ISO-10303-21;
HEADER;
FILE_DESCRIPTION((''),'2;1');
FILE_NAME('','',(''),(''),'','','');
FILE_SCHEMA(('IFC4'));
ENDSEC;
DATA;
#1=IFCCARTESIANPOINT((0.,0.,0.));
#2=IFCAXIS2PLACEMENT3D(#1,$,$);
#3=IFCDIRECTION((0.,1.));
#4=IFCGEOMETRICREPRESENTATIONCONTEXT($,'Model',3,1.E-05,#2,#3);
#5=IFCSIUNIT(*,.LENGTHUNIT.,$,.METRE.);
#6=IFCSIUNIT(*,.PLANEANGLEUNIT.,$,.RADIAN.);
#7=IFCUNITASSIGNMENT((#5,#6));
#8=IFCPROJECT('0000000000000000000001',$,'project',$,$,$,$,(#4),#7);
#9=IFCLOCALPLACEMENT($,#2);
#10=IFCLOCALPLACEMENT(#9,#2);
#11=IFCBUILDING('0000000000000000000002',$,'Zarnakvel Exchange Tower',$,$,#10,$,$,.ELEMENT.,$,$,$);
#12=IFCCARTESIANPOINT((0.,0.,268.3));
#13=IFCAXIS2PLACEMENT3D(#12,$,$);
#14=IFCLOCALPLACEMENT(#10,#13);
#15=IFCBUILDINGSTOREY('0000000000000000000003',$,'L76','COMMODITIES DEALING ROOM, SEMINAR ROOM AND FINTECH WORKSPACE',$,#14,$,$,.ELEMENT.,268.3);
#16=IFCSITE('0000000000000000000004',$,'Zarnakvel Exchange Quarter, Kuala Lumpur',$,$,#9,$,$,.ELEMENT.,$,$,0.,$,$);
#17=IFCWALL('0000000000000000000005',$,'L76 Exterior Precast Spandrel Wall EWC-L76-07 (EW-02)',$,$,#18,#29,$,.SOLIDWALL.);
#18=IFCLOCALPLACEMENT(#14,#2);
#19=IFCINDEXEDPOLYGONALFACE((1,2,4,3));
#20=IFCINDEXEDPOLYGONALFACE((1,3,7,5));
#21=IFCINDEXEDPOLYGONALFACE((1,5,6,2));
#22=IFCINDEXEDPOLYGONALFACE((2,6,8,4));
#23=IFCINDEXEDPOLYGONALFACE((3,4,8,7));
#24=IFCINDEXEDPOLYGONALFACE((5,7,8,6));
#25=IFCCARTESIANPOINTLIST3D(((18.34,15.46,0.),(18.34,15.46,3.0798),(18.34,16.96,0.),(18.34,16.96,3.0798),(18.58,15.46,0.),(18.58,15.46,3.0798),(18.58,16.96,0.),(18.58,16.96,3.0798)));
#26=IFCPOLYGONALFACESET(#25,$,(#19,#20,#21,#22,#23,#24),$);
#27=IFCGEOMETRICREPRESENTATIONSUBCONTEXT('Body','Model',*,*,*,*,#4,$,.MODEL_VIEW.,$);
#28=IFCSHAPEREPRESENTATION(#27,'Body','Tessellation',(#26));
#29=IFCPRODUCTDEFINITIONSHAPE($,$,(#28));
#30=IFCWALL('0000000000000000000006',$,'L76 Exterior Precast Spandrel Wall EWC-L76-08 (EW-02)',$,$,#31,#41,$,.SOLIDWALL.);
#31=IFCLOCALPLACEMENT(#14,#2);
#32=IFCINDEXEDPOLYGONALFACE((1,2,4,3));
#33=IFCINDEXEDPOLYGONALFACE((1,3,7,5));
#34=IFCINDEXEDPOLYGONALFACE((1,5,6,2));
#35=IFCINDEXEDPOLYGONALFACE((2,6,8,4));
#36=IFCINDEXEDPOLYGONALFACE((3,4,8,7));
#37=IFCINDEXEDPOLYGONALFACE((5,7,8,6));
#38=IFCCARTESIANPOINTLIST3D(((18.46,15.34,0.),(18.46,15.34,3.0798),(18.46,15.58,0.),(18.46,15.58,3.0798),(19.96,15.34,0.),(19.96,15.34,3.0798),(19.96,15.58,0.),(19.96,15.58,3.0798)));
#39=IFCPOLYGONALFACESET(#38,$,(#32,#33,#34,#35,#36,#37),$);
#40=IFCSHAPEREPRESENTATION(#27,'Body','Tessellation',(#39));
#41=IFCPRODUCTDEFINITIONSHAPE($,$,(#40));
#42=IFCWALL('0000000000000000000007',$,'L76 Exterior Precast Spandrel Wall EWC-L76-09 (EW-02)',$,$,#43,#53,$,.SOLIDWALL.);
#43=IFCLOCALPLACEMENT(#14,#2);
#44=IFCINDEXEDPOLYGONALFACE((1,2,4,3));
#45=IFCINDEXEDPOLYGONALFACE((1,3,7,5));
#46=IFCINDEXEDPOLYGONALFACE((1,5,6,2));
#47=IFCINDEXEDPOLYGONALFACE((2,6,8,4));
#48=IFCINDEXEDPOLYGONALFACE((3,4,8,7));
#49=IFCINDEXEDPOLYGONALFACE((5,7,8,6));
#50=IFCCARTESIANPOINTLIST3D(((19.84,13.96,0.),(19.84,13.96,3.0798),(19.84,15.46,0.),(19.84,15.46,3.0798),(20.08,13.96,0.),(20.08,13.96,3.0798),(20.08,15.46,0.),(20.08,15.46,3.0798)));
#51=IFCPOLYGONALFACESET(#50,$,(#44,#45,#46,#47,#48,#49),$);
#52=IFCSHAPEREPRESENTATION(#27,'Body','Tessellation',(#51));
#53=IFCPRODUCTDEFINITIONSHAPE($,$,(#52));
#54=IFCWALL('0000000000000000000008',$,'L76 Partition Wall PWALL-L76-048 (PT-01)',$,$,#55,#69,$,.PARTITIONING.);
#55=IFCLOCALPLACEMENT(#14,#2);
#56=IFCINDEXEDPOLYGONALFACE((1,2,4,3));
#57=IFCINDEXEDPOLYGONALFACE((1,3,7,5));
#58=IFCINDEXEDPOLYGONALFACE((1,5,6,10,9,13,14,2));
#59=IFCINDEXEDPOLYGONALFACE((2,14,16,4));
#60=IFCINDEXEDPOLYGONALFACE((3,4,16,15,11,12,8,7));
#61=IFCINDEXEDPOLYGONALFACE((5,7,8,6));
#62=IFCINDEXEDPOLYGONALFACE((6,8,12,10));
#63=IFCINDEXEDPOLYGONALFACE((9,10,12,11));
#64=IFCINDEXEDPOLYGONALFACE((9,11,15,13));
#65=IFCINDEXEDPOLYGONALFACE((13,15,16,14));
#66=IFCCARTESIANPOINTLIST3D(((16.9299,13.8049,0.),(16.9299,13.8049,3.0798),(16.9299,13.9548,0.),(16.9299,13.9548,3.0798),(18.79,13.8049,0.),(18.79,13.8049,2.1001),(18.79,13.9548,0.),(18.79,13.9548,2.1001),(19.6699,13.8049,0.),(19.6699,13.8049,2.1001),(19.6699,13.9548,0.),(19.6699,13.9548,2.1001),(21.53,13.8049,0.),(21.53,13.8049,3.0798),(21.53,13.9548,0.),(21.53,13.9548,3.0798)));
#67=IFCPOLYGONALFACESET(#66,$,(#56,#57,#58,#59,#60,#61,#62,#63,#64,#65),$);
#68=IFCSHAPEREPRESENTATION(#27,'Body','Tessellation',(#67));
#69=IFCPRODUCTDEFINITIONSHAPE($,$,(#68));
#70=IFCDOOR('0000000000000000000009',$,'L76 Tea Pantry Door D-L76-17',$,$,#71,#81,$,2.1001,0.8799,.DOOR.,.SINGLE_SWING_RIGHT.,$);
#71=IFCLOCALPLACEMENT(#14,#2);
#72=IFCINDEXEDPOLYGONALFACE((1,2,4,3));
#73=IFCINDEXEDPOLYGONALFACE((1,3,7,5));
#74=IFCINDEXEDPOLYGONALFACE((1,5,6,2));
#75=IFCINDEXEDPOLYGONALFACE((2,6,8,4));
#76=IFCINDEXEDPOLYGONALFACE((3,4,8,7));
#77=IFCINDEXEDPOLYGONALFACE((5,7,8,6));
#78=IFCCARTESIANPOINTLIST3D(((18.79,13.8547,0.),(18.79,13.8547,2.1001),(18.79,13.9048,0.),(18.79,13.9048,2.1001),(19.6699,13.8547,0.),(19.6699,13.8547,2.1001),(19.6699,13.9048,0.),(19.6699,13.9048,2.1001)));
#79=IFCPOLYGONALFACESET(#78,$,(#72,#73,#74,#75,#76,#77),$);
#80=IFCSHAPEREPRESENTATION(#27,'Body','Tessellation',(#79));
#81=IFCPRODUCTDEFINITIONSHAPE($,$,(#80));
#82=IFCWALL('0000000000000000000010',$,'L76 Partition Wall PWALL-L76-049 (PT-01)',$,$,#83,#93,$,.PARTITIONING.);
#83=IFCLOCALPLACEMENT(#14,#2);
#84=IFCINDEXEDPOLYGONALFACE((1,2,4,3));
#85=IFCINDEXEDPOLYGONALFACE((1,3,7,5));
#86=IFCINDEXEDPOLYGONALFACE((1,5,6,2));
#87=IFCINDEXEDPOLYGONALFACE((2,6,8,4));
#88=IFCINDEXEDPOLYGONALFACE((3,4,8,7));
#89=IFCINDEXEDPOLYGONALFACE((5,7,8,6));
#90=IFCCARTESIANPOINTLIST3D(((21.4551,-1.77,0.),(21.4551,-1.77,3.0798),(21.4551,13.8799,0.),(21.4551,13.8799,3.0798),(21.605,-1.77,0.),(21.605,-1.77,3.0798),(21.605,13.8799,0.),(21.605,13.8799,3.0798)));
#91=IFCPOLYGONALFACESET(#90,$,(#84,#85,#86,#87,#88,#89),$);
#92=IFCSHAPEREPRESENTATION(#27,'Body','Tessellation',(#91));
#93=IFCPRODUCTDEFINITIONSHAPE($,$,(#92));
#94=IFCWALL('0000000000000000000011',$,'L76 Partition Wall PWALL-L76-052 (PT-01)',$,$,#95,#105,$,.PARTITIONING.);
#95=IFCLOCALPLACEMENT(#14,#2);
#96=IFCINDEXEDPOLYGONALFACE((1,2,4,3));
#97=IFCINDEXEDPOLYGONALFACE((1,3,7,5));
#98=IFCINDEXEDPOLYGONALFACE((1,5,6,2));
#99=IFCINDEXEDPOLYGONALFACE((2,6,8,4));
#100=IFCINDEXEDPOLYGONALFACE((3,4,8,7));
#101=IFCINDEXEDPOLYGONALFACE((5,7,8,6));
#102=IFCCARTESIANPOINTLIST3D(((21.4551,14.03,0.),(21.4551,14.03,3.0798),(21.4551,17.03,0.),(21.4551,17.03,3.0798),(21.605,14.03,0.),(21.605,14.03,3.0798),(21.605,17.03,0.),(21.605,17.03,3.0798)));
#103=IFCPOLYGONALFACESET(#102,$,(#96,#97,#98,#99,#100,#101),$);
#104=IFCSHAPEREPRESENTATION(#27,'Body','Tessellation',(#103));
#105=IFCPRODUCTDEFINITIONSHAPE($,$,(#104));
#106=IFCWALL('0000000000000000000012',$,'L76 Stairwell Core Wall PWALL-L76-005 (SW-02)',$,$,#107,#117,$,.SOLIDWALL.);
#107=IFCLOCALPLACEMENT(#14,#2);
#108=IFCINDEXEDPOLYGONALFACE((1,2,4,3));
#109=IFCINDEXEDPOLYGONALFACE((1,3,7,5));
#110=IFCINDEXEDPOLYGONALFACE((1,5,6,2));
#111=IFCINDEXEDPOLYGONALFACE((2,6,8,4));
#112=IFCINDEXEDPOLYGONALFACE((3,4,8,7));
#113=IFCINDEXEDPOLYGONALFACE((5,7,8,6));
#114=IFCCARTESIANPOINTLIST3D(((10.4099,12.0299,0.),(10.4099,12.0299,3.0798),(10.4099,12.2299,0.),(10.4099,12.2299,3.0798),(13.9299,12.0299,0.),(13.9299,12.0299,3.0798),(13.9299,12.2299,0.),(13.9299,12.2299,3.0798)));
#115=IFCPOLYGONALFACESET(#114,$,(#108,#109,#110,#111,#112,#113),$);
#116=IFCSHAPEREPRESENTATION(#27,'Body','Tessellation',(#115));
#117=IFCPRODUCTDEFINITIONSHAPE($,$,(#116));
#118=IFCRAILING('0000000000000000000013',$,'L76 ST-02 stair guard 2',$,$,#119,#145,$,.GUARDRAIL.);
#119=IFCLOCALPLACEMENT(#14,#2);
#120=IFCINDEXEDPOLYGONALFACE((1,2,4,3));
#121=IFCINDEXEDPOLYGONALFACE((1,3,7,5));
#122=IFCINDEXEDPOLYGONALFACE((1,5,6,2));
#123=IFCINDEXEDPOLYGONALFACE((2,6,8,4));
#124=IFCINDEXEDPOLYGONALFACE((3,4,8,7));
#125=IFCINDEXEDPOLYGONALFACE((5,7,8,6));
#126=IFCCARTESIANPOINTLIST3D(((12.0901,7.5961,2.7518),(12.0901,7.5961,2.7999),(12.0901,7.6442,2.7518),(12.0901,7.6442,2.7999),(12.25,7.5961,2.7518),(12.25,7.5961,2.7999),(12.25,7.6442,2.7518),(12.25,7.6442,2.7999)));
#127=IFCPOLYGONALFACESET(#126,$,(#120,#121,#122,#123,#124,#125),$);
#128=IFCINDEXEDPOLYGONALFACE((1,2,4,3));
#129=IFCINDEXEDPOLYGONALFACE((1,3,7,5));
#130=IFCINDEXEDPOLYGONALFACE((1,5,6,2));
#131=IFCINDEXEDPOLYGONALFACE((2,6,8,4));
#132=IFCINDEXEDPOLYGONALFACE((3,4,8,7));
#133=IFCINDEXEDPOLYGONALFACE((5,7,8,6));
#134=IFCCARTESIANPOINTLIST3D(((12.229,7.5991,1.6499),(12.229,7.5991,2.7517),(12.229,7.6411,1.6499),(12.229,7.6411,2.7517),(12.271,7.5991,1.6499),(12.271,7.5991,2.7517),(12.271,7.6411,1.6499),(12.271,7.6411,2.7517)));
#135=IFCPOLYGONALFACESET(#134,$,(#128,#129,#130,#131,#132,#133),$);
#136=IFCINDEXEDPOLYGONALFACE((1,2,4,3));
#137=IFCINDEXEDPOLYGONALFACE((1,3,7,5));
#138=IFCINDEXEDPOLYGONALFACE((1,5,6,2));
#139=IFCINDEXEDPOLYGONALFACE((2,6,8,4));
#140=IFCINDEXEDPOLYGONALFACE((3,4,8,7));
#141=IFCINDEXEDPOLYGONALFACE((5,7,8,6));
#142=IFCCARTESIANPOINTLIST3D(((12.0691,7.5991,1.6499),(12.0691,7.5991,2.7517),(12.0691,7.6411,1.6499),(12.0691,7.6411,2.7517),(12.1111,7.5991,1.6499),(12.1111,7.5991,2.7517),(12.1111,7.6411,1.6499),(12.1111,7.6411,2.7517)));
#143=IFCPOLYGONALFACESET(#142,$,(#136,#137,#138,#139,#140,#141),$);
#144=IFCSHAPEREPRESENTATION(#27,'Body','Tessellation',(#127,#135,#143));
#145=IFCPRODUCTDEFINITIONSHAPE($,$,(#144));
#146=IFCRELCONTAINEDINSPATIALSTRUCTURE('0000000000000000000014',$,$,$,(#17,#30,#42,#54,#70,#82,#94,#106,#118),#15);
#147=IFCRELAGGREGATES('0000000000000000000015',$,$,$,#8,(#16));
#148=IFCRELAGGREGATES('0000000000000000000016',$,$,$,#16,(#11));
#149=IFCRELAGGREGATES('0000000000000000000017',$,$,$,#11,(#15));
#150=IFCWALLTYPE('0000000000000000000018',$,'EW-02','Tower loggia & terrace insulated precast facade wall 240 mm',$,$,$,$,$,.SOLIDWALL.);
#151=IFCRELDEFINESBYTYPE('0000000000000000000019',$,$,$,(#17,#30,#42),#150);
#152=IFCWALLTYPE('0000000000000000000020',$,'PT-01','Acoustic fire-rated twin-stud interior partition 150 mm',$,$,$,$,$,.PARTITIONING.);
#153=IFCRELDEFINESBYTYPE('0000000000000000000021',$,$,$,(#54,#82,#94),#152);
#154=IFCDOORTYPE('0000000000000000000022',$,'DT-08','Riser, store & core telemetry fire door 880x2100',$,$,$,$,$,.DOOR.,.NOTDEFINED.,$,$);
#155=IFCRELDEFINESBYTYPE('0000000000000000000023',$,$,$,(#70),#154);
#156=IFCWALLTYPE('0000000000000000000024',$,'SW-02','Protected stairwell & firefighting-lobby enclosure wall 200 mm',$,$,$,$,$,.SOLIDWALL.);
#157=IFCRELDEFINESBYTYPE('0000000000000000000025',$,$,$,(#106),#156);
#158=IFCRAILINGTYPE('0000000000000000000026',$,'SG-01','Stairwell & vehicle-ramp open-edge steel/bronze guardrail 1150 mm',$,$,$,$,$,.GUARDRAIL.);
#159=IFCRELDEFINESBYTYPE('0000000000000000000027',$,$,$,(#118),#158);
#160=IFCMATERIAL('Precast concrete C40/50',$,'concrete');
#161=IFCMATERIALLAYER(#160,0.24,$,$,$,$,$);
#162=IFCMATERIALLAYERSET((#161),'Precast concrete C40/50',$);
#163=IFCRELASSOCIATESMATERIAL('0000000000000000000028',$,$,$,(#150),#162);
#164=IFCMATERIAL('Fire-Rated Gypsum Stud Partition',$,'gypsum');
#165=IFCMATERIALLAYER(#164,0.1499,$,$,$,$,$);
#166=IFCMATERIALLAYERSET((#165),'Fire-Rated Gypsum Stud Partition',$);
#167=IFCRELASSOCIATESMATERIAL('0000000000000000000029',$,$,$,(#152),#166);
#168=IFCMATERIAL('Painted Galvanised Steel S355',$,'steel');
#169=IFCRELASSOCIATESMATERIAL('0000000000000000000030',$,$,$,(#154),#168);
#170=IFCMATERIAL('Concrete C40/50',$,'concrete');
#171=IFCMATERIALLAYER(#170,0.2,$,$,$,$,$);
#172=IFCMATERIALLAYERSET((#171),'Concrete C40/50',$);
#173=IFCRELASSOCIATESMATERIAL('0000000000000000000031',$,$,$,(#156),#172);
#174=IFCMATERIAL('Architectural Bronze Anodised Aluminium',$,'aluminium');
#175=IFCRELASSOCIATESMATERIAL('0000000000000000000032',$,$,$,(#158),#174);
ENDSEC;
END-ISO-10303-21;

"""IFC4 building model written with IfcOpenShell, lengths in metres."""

from ifc_helpers import new_model, si_unit, direction, frame, frame_2d, origin, origin_2d, place, context, subcontext, project, spatial, rectangle, extrude, source, transform, mapped, material, layer, layer_set, type_object, element, fill, save


model = new_model("IFC4")

# Units and contexts
model_context = context("Model", 3, precision=1e-05, world=origin(), true_north=direction((0.0, 1.0)))
body_context = subcontext(model_context, "Body", "Model", "MODEL_VIEW")
ifc_project = project(units=[si_unit("LENGTHUNIT", "METRE"), si_unit("PLANEANGLEUNIT", "RADIAN")], contexts=[model_context])

# Site, building, storey
site_placement = place(None, origin())
site = spatial("IfcSite", under=ifc_project, at=site_placement, Name="Zarnakvel Exchange Quarter, Kuala Lumpur", CompositionType="ELEMENT", RefElevation=0.0)
building_placement = place(site_placement, origin())
building = spatial("IfcBuilding", under=site, at=building_placement, Name="Zarnakvel Exchange Tower", CompositionType="ELEMENT")
storey_placement = place(building_placement, frame((0.0, 0.0, 268.3)))
storey = spatial("IfcBuildingStorey", under=building, at=storey_placement, Name="L76", Description="COMMODITIES DEALING ROOM, SEMINAR ROOM AND FINTECH WORKSPACE", CompositionType="ELEMENT", Elevation=268.3)

# Shared definitions
ifc_material_1 = material(Name="Architectural Bronze Anodised Aluminium", Category="aluminium")

# Walls
ifc_material_2 = material(Name="Precast concrete C40/50", Category="concrete")
ifc_layer_1 = layer(ifc_material_2, 0.24)
ifc_layer_set_1 = layer_set([ifc_layer_1], Name="Precast concrete C40/50")
wall_type_1 = type_object("IfcWallType", Name="EW-02", Description="Tower loggia & terrace insulated precast facade wall 240 mm", PredefinedType="SOLIDWALL", material=ifc_layer_set_1)
for number, where, z_axis, x_axis, name in (
    (1, (18.46, 15.46, 0.0), (0.0, 0.0, 1.0), (0.0, 1.0, 0.0), "L76 Exterior Precast Spandrel Wall EWC-L76-07 (EW-02)"),
    (2, (19.96, 15.46, 0.0), (0.0, 0.0, 1.0), (-1.0, 0.0, 0.0), "L76 Exterior Precast Spandrel Wall EWC-L76-08 (EW-02)"),
    (3, (19.96, 13.96, 0.0), (0.0, 0.0, 1.0), (0.0, 1.0, 0.0), "L76 Exterior Precast Spandrel Wall EWC-L76-09 (EW-02)"),
):
    element("IfcWall", number, at=place(storey_placement, frame(where, z_axis=z_axis, x_axis=x_axis)), inside=storey, type_object=wall_type_1, Name=name, PredefinedType="SOLIDWALL", context=body_context, shape_type="SweptSolid", body=[
        extrude(rectangle(XDim=1.5, YDim=0.24, at=frame_2d((0.75, 0.0))), origin(), (0.0, 0.0, 1.0), 3.0798),
    ])

# Wall, opening, door
ifc_material_3 = material(Name="Fire-Rated Gypsum Stud Partition", Category="gypsum")
ifc_layer_2 = layer(ifc_material_3, 0.1499)
ifc_layer_set_2 = layer_set([ifc_layer_2], Name="Fire-Rated Gypsum Stud Partition")
wall_type_2 = type_object("IfcWallType", Name="PT-01", Description="Acoustic fire-rated twin-stud interior partition 150 mm", PredefinedType="PARTITIONING", material=ifc_layer_set_2)
wall_1_placement = place(storey_placement, frame((16.9299, 13.8799, 0.0), z_axis=(0.0, 0.0, 1.0), x_axis=(1.0, 0.0, 0.0)))
wall_1 = element("IfcWall", 4, at=wall_1_placement, inside=storey, type_object=wall_type_2, Name="L76 Partition Wall PWALL-L76-048 (PT-01)", PredefinedType="PARTITIONING", context=body_context, shape_type="SweptSolid", body=[
    extrude(rectangle(XDim=4.6001, YDim=0.1499, at=frame_2d((2.3, 0.0))), origin(), (0.0, 0.0, 1.0), 3.0798),
])
opening_placement = place(wall_1_placement, frame((1.8601, 0.0, 0.0)))
opening = element("IfcOpeningElement", 5, at=opening_placement, cuts=wall_1, PredefinedType="OPENING", context=body_context, shape_type="SweptSolid", body=[
    extrude(rectangle(XDim=0.8799, YDim=2.1001, at=frame_2d((0.4399, 1.05))), frame((0.0, 0.085, 0.0), z_axis=(0.0, -1.0, 0.0), x_axis=(1.0, 0.0, 0.0)), (0.0, 0.0, 1.0), 0.1699),
])
ifc_material_4 = material(Name="Painted Galvanised Steel S355", Category="steel")
door_type = type_object("IfcDoorType", Name="DT-08", Description="Riser, store & core telemetry fire door 880x2100", OperationType="NOTDEFINED", PredefinedType="DOOR", material=ifc_material_4)
shared_shape_1 = source(origin(), body_context, "Body", "SweptSolid", [
    extrude(rectangle(XDim=0.8799, YDim=2.1001, at=frame_2d((0.4399, 1.05))), frame((0.0, 0.0249, 0.0), z_axis=(0.0, -1.0, 0.0), x_axis=(1.0, 0.0, 0.0)), (0.0, 0.0, 1.0), 0.05),
])
door_placement = place(opening_placement, origin())
door = element("IfcDoor", 6, at=door_placement, inside=storey, type_object=door_type, Name="L76 Tea Pantry Door D-L76-17", OperationType="SINGLE_SWING_RIGHT", OverallHeight=2.1001, OverallWidth=0.8799, PredefinedType="DOOR", context=body_context, shape_type="MappedRepresentation", body=[
    mapped(shared_shape_1, transform((0.0, 0.0, 0.0), x_axis=(1.0, 0.0, 0.0), y_axis=(0.0, 1.0, 0.0), z_axis=(0.0, 0.0, 1.0), scale=1.0)),
])
fill(opening, door)

# Walls
wall_2_placement = place(storey_placement, frame((21.53, 13.8799, 0.0), z_axis=(0.0, 0.0, 1.0), x_axis=(0.0, -1.0, 0.0)))
element("IfcWall", 7, at=wall_2_placement, inside=storey, type_object=wall_type_2, Name="L76 Partition Wall PWALL-L76-049 (PT-01)", PredefinedType="PARTITIONING", context=body_context, shape_type="SweptSolid", body=[
    extrude(rectangle(XDim=15.6499, YDim=0.1499, at=frame_2d((7.825, 0.0))), origin(), (0.0, 0.0, 1.0), 3.0798),
])
wall_3_placement = place(storey_placement, frame((21.53, 17.03, 0.0), z_axis=(0.0, 0.0, 1.0), x_axis=(0.0, -1.0, 0.0)))
element("IfcWall", 8, at=wall_3_placement, inside=storey, type_object=wall_type_2, Name="L76 Partition Wall PWALL-L76-052 (PT-01)", PredefinedType="PARTITIONING", context=body_context, shape_type="SweptSolid", body=[
    extrude(rectangle(XDim=3.0, YDim=0.1499, at=frame_2d((1.5, 0.0))), origin(), (0.0, 0.0, 1.0), 3.0798),
])
ifc_material_5 = material(Name="Concrete C40/50", Category="concrete")
ifc_layer_3 = layer(ifc_material_5, 0.2)
ifc_layer_set_3 = layer_set([ifc_layer_3], Name="Concrete C40/50")
wall_type_3 = type_object("IfcWallType", Name="SW-02", Description="Protected stairwell & firefighting-lobby enclosure wall 200 mm", PredefinedType="SOLIDWALL", material=ifc_layer_set_3)
wall_4_placement = place(storey_placement, frame((10.4099, 12.1299, 0.0), z_axis=(0.0, 0.0, 1.0), x_axis=(1.0, 0.0, 0.0)))
element("IfcWall", 9, at=wall_4_placement, inside=storey, type_object=wall_type_3, Name="L76 Stairwell Core Wall PWALL-L76-005 (SW-02)", PredefinedType="SOLIDWALL", context=body_context, shape_type="SweptSolid", body=[
    extrude(rectangle(XDim=3.52, YDim=0.2, at=frame_2d((1.76, 0.0))), origin(), (0.0, 0.0, 1.0), 3.0798),
])

# Railing
railing_type = type_object("IfcRailingType", Name="SG-01", Description="Stairwell & vehicle-ramp open-edge steel/bronze guardrail 1150 mm", PredefinedType="GUARDRAIL", material=ifc_material_1)
railing_placement = place(storey_placement, frame((12.25, 7.6201, 1.6499)))
element("IfcRailing", 10, at=railing_placement, inside=storey, type_object=railing_type, Name="L76 ST-02 stair guard 2", PredefinedType="GUARDRAIL", context=body_context, shape_type="SweptSolid", body=[
    extrude(rectangle(XDim=0.0481, YDim=0.0481, at=origin_2d()), frame((0.0, 0.0, 1.126), z_axis=(-1.0, 0.0, 0.0), x_axis=(0.0, -1.0, 0.0)), (0.0, 0.0, 1.0), 0.1599),
    extrude(rectangle(XDim=0.042, YDim=0.042, at=origin_2d()), origin(), (0.0, 0.0, 1.0), 1.1018),
    extrude(rectangle(XDim=0.042, YDim=0.042, at=origin_2d()), frame((-0.1599, 0.0, 0.0)), (0.0, 0.0, 1.0), 1.1018),
])

save(model, "model.ifc")
